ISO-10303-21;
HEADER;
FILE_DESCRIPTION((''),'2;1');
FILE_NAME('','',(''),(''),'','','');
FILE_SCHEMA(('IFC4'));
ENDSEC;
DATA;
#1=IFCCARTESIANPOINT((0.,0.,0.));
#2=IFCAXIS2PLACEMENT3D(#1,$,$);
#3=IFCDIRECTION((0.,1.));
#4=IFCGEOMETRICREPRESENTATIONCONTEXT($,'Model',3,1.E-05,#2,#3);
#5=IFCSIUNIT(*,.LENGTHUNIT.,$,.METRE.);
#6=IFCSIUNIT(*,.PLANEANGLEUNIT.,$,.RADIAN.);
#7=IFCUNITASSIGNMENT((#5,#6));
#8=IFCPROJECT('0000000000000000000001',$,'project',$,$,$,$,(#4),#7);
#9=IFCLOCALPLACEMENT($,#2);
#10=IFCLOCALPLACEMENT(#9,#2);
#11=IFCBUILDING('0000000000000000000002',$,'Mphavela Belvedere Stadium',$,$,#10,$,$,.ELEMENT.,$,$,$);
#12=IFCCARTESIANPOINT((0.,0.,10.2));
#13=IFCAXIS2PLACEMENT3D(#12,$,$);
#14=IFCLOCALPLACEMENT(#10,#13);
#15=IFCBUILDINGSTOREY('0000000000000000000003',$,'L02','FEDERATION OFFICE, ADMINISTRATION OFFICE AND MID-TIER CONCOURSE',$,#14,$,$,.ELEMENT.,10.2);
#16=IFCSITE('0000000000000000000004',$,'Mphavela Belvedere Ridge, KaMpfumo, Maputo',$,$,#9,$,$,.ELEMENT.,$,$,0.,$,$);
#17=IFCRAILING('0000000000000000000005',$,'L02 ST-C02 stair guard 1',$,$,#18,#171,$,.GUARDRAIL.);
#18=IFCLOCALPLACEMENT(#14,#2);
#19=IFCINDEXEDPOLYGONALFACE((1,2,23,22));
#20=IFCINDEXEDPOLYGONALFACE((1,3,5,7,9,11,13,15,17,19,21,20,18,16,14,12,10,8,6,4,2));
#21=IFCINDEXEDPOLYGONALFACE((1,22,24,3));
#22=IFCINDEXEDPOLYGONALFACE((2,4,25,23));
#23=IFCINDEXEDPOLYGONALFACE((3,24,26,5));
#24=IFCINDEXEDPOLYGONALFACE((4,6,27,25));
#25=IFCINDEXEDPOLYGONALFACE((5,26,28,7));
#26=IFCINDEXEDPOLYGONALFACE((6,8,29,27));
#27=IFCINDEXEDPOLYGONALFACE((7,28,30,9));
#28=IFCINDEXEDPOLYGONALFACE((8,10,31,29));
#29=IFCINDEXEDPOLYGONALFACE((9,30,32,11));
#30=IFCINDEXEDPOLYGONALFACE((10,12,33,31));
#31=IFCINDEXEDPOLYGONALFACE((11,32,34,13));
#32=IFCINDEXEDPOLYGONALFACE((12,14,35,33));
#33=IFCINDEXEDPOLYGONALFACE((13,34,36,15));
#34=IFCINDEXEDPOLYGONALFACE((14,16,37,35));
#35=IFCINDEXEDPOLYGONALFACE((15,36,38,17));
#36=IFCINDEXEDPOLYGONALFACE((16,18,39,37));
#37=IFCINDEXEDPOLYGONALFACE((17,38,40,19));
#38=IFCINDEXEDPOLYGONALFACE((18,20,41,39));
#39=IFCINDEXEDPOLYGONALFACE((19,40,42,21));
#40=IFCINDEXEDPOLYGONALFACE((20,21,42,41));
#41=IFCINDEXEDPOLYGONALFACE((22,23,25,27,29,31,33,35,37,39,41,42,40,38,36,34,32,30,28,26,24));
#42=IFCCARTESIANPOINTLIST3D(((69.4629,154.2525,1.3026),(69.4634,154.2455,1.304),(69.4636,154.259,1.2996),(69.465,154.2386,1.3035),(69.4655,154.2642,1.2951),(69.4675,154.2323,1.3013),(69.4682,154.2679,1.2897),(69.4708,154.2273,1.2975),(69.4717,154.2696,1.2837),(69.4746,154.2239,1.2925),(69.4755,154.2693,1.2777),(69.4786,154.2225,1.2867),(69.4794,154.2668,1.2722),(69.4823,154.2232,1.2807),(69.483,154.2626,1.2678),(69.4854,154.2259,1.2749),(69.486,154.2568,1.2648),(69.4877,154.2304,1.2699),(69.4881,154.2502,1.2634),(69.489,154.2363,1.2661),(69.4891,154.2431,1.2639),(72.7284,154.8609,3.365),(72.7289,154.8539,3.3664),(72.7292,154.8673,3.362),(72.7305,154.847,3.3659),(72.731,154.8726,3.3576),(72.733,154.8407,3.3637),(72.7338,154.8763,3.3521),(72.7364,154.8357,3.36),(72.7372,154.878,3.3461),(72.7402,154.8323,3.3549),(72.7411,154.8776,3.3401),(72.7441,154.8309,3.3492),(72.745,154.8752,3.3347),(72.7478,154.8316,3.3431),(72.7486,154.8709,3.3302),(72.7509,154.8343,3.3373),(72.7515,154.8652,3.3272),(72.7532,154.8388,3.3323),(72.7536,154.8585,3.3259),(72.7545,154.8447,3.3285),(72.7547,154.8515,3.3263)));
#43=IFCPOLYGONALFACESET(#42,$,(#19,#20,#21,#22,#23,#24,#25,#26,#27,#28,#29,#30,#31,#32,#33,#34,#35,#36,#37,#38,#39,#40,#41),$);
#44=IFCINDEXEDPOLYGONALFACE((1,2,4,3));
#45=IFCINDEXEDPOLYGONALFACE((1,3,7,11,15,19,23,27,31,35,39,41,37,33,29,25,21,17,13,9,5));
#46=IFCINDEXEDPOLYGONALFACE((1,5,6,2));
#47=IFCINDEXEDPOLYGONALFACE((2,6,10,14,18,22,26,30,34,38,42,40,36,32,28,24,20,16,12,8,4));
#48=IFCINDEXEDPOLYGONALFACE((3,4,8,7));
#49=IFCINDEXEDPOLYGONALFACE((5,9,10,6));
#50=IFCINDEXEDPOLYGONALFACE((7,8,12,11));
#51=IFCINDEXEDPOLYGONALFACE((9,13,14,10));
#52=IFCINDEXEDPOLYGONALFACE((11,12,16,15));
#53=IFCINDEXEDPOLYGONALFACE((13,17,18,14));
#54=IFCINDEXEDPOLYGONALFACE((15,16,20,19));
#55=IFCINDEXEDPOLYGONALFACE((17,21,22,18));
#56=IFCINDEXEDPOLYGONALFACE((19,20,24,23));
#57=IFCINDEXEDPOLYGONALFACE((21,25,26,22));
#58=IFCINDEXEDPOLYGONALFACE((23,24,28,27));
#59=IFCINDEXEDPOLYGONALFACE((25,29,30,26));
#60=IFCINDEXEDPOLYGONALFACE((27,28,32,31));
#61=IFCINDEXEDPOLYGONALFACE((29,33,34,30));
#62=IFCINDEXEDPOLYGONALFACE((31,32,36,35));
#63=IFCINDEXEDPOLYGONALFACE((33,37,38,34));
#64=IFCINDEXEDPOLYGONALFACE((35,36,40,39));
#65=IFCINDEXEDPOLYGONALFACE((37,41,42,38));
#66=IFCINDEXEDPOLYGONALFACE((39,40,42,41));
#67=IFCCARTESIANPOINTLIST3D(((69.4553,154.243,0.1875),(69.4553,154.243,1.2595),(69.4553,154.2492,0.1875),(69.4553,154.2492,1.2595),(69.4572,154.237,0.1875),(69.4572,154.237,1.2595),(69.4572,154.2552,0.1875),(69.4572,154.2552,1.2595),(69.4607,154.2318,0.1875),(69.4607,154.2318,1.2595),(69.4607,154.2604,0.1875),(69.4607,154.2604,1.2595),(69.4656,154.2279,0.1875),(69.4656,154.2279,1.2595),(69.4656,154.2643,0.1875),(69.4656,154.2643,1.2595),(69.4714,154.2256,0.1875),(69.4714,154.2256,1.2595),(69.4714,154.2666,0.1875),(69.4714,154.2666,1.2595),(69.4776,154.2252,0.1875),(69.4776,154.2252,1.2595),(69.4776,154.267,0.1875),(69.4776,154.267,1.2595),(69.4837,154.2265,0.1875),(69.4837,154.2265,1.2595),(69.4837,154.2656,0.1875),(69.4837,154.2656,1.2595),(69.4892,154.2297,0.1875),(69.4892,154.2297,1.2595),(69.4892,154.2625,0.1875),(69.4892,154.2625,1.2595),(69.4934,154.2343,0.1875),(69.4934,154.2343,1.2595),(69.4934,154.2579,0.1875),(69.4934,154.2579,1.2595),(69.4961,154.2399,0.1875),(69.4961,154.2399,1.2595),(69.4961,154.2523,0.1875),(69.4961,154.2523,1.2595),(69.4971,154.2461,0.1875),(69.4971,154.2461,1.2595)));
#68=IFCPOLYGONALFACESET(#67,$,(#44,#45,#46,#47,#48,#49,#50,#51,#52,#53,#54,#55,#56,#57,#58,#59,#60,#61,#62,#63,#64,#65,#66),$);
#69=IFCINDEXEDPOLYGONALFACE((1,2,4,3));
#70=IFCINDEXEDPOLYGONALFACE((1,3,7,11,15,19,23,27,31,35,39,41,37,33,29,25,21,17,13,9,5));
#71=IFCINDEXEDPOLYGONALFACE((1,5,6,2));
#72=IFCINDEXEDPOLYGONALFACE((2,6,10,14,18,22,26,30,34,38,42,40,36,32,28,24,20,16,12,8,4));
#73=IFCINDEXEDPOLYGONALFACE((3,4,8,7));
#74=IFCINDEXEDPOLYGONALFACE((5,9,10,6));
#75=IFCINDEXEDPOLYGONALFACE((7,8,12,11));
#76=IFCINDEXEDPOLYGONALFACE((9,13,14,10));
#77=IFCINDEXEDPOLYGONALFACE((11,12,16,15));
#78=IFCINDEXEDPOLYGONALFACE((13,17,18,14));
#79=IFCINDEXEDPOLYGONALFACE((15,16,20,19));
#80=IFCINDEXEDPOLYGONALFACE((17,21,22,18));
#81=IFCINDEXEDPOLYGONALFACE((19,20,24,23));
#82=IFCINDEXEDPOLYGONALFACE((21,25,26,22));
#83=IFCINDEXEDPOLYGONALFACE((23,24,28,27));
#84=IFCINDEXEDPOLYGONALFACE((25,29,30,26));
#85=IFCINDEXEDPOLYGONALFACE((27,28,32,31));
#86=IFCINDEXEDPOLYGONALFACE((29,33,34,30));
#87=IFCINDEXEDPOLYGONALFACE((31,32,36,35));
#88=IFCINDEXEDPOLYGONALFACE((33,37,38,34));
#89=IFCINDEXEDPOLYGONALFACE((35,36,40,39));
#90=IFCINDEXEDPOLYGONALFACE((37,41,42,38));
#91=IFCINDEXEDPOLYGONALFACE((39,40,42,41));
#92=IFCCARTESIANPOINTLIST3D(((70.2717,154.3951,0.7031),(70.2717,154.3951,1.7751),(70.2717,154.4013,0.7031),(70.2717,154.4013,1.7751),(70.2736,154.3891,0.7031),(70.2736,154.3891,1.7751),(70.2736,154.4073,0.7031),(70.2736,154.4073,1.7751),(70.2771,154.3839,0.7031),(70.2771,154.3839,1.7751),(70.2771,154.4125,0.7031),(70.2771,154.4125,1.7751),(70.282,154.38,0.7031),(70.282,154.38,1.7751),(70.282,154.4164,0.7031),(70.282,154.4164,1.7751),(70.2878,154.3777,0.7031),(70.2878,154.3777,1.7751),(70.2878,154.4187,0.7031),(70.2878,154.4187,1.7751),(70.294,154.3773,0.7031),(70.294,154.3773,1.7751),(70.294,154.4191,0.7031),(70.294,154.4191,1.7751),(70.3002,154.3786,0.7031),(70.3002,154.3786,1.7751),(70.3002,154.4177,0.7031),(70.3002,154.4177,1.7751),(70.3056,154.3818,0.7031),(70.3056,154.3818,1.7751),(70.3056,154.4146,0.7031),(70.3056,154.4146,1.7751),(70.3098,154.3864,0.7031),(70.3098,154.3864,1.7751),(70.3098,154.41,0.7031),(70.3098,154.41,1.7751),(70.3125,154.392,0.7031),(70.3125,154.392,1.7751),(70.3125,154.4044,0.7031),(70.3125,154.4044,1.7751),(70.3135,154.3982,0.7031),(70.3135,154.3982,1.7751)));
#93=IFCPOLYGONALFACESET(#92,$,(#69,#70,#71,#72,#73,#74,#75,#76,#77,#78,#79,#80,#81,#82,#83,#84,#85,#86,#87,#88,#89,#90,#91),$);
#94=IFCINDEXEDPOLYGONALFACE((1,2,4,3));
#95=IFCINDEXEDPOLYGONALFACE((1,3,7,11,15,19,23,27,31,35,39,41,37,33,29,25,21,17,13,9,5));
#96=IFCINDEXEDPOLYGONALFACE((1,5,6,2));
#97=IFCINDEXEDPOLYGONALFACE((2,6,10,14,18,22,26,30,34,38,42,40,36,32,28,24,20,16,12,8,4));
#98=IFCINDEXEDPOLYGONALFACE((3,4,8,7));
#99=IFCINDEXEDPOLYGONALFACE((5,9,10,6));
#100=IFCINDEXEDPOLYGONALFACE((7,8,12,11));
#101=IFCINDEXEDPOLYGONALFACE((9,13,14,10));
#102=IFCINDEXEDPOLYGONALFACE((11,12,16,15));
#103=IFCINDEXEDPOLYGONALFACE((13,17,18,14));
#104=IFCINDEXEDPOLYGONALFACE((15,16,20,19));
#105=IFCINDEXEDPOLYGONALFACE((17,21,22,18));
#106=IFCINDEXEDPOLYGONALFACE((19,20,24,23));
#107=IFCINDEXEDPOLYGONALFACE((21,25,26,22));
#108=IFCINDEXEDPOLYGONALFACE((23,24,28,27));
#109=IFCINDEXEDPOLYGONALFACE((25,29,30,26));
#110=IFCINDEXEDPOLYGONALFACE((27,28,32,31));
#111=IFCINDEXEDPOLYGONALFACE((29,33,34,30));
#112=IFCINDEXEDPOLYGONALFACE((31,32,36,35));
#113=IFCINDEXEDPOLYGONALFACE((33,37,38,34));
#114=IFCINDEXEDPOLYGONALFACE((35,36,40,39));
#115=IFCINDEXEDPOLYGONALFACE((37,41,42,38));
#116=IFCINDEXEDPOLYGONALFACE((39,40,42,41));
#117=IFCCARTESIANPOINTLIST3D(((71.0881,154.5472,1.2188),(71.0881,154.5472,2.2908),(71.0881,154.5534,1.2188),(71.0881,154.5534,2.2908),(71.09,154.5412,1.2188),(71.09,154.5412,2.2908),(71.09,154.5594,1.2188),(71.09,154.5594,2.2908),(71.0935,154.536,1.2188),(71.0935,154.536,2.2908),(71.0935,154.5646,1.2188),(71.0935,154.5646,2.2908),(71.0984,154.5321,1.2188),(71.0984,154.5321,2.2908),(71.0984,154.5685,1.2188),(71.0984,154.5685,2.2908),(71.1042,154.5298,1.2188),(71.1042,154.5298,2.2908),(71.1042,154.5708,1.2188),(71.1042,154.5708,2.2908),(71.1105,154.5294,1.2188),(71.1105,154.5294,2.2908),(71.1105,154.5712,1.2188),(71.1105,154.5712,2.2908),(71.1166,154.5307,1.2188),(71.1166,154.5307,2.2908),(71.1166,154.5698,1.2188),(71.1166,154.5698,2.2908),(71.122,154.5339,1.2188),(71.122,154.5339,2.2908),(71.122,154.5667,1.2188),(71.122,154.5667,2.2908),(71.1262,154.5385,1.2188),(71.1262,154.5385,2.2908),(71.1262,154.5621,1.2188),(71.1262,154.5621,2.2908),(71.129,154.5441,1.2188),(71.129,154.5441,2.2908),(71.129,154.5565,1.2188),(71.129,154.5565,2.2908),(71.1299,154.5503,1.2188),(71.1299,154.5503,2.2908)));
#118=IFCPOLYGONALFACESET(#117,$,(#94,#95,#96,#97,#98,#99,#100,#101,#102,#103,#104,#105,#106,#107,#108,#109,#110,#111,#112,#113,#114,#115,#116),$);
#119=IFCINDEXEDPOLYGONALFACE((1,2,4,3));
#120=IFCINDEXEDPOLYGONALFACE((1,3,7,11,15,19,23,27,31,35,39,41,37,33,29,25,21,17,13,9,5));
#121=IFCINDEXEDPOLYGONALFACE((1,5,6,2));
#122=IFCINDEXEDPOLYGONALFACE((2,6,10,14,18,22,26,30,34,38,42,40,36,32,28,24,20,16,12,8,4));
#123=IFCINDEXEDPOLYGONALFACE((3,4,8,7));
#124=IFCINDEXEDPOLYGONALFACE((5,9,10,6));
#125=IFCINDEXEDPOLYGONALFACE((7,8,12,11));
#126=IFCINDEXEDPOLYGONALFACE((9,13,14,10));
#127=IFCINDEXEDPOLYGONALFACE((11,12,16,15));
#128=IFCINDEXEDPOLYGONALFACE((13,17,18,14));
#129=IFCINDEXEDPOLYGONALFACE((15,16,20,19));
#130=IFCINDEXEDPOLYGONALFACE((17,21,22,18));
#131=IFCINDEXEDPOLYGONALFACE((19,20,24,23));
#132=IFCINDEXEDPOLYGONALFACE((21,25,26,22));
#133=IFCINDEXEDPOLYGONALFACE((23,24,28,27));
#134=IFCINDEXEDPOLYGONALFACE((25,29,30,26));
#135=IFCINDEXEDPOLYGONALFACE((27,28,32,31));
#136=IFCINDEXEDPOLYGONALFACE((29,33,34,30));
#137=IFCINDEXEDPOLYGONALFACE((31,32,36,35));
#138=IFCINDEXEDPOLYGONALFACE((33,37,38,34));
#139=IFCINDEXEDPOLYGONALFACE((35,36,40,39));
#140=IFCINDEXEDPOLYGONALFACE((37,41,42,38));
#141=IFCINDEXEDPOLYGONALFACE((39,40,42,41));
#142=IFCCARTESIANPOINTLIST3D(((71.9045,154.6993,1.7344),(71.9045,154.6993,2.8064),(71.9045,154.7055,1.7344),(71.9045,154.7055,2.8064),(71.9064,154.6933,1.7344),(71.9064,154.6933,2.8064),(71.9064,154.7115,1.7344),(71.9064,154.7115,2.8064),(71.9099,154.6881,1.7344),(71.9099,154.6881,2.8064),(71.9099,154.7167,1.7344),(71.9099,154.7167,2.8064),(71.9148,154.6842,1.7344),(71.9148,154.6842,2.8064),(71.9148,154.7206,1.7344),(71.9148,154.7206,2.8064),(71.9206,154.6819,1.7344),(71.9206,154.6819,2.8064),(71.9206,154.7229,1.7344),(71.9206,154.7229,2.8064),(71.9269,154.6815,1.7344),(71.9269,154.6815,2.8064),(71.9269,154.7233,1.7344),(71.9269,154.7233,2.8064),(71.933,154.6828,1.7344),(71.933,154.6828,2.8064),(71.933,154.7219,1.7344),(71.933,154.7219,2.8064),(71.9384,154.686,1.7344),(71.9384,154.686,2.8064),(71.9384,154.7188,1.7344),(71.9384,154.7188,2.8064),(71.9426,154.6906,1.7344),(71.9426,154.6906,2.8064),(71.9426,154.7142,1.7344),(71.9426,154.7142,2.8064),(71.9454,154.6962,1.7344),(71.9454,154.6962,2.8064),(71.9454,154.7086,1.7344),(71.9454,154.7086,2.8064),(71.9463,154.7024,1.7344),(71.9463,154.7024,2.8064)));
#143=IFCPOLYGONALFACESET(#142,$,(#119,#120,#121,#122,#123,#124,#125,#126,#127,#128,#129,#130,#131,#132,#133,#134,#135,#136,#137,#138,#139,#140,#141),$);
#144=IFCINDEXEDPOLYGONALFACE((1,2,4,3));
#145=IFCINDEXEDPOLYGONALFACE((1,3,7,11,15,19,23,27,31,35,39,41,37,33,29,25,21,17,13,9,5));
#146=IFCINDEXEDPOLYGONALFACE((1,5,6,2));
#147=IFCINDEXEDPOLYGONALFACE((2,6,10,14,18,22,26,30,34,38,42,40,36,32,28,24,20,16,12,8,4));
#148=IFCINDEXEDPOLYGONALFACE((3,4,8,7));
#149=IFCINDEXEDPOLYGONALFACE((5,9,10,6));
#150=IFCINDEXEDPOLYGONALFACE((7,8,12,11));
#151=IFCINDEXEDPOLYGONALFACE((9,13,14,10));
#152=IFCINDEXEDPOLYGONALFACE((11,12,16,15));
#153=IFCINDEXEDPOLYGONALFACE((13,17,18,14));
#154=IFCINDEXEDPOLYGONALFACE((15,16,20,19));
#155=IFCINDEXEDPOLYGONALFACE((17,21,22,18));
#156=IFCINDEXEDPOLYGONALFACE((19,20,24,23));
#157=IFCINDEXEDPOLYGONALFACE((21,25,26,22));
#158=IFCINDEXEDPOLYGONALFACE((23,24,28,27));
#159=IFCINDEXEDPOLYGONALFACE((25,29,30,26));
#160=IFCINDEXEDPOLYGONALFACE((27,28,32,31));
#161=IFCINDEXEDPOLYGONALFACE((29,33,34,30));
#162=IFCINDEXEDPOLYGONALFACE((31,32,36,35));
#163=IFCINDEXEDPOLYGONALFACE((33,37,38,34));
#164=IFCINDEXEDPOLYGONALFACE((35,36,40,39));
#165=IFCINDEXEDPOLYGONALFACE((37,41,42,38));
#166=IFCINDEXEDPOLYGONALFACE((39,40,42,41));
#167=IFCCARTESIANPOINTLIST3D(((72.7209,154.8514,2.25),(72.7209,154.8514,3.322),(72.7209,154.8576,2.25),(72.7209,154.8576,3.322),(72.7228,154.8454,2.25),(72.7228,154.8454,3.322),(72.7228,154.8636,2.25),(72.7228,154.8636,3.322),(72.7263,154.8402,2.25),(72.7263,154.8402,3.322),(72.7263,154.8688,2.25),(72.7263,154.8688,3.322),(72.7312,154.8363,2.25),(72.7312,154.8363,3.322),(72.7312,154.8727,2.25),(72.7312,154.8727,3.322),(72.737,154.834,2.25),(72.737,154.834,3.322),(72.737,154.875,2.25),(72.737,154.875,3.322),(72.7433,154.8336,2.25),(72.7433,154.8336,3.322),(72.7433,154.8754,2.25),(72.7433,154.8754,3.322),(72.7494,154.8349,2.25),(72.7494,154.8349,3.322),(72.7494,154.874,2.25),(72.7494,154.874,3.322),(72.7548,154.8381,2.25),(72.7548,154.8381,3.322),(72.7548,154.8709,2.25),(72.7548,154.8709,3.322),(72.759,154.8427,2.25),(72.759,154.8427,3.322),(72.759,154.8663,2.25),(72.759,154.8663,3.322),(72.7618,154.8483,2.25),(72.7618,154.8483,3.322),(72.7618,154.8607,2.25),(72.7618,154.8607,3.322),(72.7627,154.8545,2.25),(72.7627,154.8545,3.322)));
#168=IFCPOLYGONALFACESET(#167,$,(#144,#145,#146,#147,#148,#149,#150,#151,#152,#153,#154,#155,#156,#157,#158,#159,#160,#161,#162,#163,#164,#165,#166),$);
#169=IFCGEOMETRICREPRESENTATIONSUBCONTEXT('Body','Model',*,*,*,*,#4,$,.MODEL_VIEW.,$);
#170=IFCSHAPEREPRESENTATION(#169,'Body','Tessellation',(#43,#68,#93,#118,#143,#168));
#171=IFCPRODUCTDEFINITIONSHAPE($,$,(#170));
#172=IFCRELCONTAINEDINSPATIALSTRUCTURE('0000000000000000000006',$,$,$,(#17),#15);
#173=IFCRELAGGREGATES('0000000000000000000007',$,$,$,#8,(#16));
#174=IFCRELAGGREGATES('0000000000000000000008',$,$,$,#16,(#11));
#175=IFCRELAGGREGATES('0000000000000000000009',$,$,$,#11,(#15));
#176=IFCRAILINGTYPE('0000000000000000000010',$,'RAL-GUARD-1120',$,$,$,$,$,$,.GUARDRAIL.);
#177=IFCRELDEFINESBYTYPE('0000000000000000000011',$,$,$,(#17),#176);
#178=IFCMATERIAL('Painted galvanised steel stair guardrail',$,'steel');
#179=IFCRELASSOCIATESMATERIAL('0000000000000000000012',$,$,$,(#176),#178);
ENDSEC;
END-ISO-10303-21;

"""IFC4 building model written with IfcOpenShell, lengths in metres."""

from ifc_helpers import new_model, si_unit, direction, frame, origin, origin_2d, place, context, subcontext, project, spatial, circle, extrude, material, type_object, element, save


model = new_model("IFC4")

# Units and contexts
model_context = context("Model", 3, precision=1e-05, world=origin(), true_north=direction((0.0, 1.0)))
body_context = subcontext(model_context, "Body", "Model", "MODEL_VIEW")
ifc_project = project(units=[si_unit("LENGTHUNIT", "METRE"), si_unit("PLANEANGLEUNIT", "RADIAN")], contexts=[model_context])

# Site, building, storey
site_placement = place(None, origin())
site = spatial("IfcSite", under=ifc_project, at=site_placement, Name="Mphavela Belvedere Ridge, KaMpfumo, Maputo", CompositionType="ELEMENT", RefElevation=0.0)
building_placement = place(site_placement, origin())
building = spatial("IfcBuilding", under=site, at=building_placement, Name="Mphavela Belvedere Stadium", CompositionType="ELEMENT")
storey_placement = place(building_placement, frame((0.0, 0.0, 10.2)))
storey = spatial("IfcBuildingStorey", under=building, at=storey_placement, Name="L02", Description="FEDERATION OFFICE, ADMINISTRATION OFFICE AND MID-TIER CONCOURSE", CompositionType="ELEMENT", Elevation=10.2)

# Railing
ifc_material_1 = material(Name="Painted galvanised steel stair guardrail", Category="steel")
railing_type_1 = type_object("IfcRailingType", Name="RAL-GUARD-1120", PredefinedType="GUARDRAIL", material=ifc_material_1)
railing_1_placement = place(storey_placement, frame((69.4761, 154.2461, 0.1875)))
element("IfcRailing", 1, at=railing_1_placement, inside=storey, type_object=railing_type_1, Name="L02 ST-C02 stair guard 1", PredefinedType="GUARDRAIL", context=body_context, shape_type="SweptSolid", body=[
    extrude(circle(Radius=0.0239, at=origin_2d()), frame((0.0, 0.0, 1.0962), z_axis=(0.835191, 0.155599, 0.527489), x_axis=(-0.183152, 0.983085, 0.0)), (0.0, 0.0, 1.0), 3.9099),
    extrude(circle(Radius=0.021, at=origin_2d()), origin(), (0.0, 0.0, 1.0), 1.072),
    extrude(circle(Radius=0.021, at=origin_2d()), frame((0.8164, 0.1521, 0.5156)), (0.0, 0.0, 1.0), 1.072),
    extrude(circle(Radius=0.021, at=origin_2d()), frame((1.6328, 0.3042, 1.0312)), (0.0, 0.0, 1.0), 1.072),
    extrude(circle(Radius=0.021, at=origin_2d()), frame((2.4492, 0.4563, 1.5469)), (0.0, 0.0, 1.0), 1.072),
    extrude(circle(Radius=0.021, at=origin_2d()), frame((3.2656, 0.6084, 2.0625)), (0.0, 0.0, 1.0), 1.072),
])

save(model, "model.ifc")
